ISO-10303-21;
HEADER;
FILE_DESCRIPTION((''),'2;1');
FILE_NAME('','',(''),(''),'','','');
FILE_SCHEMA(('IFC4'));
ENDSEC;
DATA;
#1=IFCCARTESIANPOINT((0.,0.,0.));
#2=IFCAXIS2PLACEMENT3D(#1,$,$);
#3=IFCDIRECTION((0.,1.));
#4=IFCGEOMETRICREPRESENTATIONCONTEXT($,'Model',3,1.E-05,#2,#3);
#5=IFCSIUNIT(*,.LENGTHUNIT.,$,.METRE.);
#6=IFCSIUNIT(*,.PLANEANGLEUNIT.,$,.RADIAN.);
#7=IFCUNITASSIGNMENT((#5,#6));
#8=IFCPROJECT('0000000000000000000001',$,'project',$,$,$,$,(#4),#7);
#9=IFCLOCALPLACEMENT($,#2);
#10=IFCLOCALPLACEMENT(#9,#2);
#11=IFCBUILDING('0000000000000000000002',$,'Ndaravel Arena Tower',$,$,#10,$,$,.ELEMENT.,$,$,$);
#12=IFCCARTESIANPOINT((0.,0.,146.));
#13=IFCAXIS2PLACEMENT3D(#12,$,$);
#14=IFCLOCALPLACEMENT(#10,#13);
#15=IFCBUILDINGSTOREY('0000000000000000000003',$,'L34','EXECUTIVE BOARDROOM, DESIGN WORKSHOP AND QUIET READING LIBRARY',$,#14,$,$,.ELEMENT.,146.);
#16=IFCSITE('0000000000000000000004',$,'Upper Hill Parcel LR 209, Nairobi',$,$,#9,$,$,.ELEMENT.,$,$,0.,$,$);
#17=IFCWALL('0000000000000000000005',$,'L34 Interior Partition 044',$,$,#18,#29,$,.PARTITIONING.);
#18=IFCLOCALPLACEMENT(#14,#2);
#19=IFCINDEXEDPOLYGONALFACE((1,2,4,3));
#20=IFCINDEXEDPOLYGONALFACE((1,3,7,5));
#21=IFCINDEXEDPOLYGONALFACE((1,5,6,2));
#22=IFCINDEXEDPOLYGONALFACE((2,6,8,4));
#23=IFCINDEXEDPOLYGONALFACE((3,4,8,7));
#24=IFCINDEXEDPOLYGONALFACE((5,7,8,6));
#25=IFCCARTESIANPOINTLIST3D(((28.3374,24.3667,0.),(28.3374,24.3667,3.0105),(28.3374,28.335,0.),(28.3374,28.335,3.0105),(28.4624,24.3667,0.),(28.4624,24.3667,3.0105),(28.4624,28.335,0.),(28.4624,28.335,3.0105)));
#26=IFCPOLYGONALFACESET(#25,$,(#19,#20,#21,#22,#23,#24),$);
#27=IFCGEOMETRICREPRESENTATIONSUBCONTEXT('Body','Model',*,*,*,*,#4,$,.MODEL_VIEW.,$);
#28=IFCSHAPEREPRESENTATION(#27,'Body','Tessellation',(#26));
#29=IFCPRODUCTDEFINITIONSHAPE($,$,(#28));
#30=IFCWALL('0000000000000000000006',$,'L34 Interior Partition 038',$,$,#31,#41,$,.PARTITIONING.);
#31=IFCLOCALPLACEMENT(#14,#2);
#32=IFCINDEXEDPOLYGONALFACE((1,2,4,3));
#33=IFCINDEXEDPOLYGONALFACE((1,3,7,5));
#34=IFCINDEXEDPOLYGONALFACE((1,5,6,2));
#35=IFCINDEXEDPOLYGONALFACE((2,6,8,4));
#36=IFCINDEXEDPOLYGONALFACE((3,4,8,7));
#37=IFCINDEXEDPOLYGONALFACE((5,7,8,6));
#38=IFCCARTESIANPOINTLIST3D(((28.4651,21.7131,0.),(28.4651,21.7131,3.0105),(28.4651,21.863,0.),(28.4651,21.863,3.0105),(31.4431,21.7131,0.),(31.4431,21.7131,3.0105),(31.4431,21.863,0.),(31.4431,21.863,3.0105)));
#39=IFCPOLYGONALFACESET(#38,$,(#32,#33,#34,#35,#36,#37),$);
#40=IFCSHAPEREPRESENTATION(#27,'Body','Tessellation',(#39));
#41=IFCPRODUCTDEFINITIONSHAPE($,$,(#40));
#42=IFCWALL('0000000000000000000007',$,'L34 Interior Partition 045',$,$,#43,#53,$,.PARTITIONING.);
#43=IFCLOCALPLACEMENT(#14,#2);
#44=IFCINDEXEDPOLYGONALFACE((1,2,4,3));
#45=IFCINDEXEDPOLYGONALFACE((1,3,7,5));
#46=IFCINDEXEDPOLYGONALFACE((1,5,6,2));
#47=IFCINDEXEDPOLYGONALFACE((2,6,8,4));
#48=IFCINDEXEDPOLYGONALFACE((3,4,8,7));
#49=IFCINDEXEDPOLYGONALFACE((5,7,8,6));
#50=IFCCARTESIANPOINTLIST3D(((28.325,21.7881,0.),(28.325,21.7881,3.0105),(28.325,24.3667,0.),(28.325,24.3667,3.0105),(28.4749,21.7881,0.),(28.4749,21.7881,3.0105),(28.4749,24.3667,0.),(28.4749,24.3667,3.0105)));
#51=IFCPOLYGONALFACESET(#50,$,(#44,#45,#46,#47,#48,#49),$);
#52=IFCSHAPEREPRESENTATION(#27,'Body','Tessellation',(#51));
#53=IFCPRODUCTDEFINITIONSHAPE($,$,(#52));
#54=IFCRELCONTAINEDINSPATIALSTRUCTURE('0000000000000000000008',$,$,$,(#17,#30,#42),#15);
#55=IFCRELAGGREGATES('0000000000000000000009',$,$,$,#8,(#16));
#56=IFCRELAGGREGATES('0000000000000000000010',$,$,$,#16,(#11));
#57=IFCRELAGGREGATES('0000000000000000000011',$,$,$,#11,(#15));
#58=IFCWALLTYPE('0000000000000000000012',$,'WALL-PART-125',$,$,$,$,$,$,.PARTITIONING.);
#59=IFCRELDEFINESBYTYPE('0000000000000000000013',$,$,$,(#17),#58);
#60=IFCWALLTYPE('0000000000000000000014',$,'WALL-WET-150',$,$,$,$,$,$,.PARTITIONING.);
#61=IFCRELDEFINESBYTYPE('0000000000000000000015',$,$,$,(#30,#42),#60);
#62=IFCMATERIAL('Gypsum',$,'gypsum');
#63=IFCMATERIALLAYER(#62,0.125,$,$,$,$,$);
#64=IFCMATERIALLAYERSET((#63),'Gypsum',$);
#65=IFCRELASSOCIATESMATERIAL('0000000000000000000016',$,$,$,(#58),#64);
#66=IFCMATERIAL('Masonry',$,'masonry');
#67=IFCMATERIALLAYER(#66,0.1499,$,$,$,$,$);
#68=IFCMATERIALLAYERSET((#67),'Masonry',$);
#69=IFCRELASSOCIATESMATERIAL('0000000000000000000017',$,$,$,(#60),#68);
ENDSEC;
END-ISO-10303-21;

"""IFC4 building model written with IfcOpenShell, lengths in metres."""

from ifc_helpers import new_model, si_unit, direction, frame, frame_2d, origin, place, context, subcontext, project, spatial, rectangle, extrude, material, layer, layer_set, type_object, element, save


model = new_model("IFC4")

# Units and contexts
model_context = context("Model", 3, precision=1e-05, world=origin(), true_north=direction((0.0, 1.0)))
body_context = subcontext(model_context, "Body", "Model", "MODEL_VIEW")
ifc_project = project(units=[si_unit("LENGTHUNIT", "METRE"), si_unit("PLANEANGLEUNIT", "RADIAN")], contexts=[model_context])

# Site, building, storey
site_placement = place(None, origin())
site = spatial("IfcSite", under=ifc_project, at=site_placement, Name="Upper Hill Parcel LR 209, Nairobi", CompositionType="ELEMENT", RefElevation=0.0)
building_placement = place(site_placement, origin())
building = spatial("IfcBuilding", under=site, at=building_placement, Name="Ndaravel Arena Tower", CompositionType="ELEMENT")
storey_placement = place(building_placement, frame((0.0, 0.0, 146.0)))
storey = spatial("IfcBuildingStorey", under=building, at=storey_placement, Name="L34", Description="EXECUTIVE BOARDROOM, DESIGN WORKSHOP AND QUIET READING LIBRARY", CompositionType="ELEMENT", Elevation=146.0)

# Shared definitions
ifc_material_1 = material(Name="Gypsum", Category="gypsum")
ifc_layer_1 = layer(ifc_material_1, 0.125)
ifc_layer_set_1 = layer_set([ifc_layer_1], Name="Gypsum")
wall_type_1 = type_object("IfcWallType", Name="WALL-PART-125", PredefinedType="PARTITIONING", material=ifc_layer_set_1)

# Walls
wall_1_placement = place(storey_placement, frame((28.3999, 28.335, 0.0), z_axis=(0.0, 0.0, 1.0), x_axis=(0.0, -1.0, 0.0)))
element("IfcWall", 1, at=wall_1_placement, inside=storey, type_object=wall_type_1, Name="L34 Interior Partition 044", PredefinedType="PARTITIONING", context=body_context, shape_type="SweptSolid", body=[
    extrude(rectangle(XDim=3.9683, YDim=0.125, at=frame_2d((1.9841, 0.0))), origin(), (0.0, 0.0, 1.0), 3.0105),
])
ifc_material_2 = material(Name="Masonry", Category="masonry")
ifc_layer_2 = layer(ifc_material_2, 0.1499)
ifc_layer_set_2 = layer_set([ifc_layer_2], Name="Masonry")
wall_type_2 = type_object("IfcWallType", Name="WALL-WET-150", PredefinedType="PARTITIONING", material=ifc_layer_set_2)
wall_2_placement = place(storey_placement, frame((28.4651, 21.7881, 0.0), z_axis=(0.0, 0.0, 1.0), x_axis=(1.0, 0.0, 0.0)))
element("IfcWall", 2, at=wall_2_placement, inside=storey, type_object=wall_type_2, Name="L34 Interior Partition 038", PredefinedType="PARTITIONING", context=body_context, shape_type="SweptSolid", body=[
    extrude(rectangle(XDim=2.978, YDim=0.1499, at=frame_2d((1.489, 0.0))), origin(), (0.0, 0.0, 1.0), 3.0105),
])
wall_3_placement = place(storey_placement, frame((28.3999, 24.3667, 0.0), z_axis=(0.0, 0.0, 1.0), x_axis=(0.0, -1.0, 0.0)))
element("IfcWall", 3, at=wall_3_placement, inside=storey, type_object=wall_type_2, Name="L34 Interior Partition 045", PredefinedType="PARTITIONING", context=body_context, shape_type="SweptSolid", body=[
    extrude(rectangle(XDim=2.5786, YDim=0.1499, at=frame_2d((1.2893, 0.0))), origin(), (0.0, 0.0, 1.0), 3.0105),
])

save(model, "model.ifc")
